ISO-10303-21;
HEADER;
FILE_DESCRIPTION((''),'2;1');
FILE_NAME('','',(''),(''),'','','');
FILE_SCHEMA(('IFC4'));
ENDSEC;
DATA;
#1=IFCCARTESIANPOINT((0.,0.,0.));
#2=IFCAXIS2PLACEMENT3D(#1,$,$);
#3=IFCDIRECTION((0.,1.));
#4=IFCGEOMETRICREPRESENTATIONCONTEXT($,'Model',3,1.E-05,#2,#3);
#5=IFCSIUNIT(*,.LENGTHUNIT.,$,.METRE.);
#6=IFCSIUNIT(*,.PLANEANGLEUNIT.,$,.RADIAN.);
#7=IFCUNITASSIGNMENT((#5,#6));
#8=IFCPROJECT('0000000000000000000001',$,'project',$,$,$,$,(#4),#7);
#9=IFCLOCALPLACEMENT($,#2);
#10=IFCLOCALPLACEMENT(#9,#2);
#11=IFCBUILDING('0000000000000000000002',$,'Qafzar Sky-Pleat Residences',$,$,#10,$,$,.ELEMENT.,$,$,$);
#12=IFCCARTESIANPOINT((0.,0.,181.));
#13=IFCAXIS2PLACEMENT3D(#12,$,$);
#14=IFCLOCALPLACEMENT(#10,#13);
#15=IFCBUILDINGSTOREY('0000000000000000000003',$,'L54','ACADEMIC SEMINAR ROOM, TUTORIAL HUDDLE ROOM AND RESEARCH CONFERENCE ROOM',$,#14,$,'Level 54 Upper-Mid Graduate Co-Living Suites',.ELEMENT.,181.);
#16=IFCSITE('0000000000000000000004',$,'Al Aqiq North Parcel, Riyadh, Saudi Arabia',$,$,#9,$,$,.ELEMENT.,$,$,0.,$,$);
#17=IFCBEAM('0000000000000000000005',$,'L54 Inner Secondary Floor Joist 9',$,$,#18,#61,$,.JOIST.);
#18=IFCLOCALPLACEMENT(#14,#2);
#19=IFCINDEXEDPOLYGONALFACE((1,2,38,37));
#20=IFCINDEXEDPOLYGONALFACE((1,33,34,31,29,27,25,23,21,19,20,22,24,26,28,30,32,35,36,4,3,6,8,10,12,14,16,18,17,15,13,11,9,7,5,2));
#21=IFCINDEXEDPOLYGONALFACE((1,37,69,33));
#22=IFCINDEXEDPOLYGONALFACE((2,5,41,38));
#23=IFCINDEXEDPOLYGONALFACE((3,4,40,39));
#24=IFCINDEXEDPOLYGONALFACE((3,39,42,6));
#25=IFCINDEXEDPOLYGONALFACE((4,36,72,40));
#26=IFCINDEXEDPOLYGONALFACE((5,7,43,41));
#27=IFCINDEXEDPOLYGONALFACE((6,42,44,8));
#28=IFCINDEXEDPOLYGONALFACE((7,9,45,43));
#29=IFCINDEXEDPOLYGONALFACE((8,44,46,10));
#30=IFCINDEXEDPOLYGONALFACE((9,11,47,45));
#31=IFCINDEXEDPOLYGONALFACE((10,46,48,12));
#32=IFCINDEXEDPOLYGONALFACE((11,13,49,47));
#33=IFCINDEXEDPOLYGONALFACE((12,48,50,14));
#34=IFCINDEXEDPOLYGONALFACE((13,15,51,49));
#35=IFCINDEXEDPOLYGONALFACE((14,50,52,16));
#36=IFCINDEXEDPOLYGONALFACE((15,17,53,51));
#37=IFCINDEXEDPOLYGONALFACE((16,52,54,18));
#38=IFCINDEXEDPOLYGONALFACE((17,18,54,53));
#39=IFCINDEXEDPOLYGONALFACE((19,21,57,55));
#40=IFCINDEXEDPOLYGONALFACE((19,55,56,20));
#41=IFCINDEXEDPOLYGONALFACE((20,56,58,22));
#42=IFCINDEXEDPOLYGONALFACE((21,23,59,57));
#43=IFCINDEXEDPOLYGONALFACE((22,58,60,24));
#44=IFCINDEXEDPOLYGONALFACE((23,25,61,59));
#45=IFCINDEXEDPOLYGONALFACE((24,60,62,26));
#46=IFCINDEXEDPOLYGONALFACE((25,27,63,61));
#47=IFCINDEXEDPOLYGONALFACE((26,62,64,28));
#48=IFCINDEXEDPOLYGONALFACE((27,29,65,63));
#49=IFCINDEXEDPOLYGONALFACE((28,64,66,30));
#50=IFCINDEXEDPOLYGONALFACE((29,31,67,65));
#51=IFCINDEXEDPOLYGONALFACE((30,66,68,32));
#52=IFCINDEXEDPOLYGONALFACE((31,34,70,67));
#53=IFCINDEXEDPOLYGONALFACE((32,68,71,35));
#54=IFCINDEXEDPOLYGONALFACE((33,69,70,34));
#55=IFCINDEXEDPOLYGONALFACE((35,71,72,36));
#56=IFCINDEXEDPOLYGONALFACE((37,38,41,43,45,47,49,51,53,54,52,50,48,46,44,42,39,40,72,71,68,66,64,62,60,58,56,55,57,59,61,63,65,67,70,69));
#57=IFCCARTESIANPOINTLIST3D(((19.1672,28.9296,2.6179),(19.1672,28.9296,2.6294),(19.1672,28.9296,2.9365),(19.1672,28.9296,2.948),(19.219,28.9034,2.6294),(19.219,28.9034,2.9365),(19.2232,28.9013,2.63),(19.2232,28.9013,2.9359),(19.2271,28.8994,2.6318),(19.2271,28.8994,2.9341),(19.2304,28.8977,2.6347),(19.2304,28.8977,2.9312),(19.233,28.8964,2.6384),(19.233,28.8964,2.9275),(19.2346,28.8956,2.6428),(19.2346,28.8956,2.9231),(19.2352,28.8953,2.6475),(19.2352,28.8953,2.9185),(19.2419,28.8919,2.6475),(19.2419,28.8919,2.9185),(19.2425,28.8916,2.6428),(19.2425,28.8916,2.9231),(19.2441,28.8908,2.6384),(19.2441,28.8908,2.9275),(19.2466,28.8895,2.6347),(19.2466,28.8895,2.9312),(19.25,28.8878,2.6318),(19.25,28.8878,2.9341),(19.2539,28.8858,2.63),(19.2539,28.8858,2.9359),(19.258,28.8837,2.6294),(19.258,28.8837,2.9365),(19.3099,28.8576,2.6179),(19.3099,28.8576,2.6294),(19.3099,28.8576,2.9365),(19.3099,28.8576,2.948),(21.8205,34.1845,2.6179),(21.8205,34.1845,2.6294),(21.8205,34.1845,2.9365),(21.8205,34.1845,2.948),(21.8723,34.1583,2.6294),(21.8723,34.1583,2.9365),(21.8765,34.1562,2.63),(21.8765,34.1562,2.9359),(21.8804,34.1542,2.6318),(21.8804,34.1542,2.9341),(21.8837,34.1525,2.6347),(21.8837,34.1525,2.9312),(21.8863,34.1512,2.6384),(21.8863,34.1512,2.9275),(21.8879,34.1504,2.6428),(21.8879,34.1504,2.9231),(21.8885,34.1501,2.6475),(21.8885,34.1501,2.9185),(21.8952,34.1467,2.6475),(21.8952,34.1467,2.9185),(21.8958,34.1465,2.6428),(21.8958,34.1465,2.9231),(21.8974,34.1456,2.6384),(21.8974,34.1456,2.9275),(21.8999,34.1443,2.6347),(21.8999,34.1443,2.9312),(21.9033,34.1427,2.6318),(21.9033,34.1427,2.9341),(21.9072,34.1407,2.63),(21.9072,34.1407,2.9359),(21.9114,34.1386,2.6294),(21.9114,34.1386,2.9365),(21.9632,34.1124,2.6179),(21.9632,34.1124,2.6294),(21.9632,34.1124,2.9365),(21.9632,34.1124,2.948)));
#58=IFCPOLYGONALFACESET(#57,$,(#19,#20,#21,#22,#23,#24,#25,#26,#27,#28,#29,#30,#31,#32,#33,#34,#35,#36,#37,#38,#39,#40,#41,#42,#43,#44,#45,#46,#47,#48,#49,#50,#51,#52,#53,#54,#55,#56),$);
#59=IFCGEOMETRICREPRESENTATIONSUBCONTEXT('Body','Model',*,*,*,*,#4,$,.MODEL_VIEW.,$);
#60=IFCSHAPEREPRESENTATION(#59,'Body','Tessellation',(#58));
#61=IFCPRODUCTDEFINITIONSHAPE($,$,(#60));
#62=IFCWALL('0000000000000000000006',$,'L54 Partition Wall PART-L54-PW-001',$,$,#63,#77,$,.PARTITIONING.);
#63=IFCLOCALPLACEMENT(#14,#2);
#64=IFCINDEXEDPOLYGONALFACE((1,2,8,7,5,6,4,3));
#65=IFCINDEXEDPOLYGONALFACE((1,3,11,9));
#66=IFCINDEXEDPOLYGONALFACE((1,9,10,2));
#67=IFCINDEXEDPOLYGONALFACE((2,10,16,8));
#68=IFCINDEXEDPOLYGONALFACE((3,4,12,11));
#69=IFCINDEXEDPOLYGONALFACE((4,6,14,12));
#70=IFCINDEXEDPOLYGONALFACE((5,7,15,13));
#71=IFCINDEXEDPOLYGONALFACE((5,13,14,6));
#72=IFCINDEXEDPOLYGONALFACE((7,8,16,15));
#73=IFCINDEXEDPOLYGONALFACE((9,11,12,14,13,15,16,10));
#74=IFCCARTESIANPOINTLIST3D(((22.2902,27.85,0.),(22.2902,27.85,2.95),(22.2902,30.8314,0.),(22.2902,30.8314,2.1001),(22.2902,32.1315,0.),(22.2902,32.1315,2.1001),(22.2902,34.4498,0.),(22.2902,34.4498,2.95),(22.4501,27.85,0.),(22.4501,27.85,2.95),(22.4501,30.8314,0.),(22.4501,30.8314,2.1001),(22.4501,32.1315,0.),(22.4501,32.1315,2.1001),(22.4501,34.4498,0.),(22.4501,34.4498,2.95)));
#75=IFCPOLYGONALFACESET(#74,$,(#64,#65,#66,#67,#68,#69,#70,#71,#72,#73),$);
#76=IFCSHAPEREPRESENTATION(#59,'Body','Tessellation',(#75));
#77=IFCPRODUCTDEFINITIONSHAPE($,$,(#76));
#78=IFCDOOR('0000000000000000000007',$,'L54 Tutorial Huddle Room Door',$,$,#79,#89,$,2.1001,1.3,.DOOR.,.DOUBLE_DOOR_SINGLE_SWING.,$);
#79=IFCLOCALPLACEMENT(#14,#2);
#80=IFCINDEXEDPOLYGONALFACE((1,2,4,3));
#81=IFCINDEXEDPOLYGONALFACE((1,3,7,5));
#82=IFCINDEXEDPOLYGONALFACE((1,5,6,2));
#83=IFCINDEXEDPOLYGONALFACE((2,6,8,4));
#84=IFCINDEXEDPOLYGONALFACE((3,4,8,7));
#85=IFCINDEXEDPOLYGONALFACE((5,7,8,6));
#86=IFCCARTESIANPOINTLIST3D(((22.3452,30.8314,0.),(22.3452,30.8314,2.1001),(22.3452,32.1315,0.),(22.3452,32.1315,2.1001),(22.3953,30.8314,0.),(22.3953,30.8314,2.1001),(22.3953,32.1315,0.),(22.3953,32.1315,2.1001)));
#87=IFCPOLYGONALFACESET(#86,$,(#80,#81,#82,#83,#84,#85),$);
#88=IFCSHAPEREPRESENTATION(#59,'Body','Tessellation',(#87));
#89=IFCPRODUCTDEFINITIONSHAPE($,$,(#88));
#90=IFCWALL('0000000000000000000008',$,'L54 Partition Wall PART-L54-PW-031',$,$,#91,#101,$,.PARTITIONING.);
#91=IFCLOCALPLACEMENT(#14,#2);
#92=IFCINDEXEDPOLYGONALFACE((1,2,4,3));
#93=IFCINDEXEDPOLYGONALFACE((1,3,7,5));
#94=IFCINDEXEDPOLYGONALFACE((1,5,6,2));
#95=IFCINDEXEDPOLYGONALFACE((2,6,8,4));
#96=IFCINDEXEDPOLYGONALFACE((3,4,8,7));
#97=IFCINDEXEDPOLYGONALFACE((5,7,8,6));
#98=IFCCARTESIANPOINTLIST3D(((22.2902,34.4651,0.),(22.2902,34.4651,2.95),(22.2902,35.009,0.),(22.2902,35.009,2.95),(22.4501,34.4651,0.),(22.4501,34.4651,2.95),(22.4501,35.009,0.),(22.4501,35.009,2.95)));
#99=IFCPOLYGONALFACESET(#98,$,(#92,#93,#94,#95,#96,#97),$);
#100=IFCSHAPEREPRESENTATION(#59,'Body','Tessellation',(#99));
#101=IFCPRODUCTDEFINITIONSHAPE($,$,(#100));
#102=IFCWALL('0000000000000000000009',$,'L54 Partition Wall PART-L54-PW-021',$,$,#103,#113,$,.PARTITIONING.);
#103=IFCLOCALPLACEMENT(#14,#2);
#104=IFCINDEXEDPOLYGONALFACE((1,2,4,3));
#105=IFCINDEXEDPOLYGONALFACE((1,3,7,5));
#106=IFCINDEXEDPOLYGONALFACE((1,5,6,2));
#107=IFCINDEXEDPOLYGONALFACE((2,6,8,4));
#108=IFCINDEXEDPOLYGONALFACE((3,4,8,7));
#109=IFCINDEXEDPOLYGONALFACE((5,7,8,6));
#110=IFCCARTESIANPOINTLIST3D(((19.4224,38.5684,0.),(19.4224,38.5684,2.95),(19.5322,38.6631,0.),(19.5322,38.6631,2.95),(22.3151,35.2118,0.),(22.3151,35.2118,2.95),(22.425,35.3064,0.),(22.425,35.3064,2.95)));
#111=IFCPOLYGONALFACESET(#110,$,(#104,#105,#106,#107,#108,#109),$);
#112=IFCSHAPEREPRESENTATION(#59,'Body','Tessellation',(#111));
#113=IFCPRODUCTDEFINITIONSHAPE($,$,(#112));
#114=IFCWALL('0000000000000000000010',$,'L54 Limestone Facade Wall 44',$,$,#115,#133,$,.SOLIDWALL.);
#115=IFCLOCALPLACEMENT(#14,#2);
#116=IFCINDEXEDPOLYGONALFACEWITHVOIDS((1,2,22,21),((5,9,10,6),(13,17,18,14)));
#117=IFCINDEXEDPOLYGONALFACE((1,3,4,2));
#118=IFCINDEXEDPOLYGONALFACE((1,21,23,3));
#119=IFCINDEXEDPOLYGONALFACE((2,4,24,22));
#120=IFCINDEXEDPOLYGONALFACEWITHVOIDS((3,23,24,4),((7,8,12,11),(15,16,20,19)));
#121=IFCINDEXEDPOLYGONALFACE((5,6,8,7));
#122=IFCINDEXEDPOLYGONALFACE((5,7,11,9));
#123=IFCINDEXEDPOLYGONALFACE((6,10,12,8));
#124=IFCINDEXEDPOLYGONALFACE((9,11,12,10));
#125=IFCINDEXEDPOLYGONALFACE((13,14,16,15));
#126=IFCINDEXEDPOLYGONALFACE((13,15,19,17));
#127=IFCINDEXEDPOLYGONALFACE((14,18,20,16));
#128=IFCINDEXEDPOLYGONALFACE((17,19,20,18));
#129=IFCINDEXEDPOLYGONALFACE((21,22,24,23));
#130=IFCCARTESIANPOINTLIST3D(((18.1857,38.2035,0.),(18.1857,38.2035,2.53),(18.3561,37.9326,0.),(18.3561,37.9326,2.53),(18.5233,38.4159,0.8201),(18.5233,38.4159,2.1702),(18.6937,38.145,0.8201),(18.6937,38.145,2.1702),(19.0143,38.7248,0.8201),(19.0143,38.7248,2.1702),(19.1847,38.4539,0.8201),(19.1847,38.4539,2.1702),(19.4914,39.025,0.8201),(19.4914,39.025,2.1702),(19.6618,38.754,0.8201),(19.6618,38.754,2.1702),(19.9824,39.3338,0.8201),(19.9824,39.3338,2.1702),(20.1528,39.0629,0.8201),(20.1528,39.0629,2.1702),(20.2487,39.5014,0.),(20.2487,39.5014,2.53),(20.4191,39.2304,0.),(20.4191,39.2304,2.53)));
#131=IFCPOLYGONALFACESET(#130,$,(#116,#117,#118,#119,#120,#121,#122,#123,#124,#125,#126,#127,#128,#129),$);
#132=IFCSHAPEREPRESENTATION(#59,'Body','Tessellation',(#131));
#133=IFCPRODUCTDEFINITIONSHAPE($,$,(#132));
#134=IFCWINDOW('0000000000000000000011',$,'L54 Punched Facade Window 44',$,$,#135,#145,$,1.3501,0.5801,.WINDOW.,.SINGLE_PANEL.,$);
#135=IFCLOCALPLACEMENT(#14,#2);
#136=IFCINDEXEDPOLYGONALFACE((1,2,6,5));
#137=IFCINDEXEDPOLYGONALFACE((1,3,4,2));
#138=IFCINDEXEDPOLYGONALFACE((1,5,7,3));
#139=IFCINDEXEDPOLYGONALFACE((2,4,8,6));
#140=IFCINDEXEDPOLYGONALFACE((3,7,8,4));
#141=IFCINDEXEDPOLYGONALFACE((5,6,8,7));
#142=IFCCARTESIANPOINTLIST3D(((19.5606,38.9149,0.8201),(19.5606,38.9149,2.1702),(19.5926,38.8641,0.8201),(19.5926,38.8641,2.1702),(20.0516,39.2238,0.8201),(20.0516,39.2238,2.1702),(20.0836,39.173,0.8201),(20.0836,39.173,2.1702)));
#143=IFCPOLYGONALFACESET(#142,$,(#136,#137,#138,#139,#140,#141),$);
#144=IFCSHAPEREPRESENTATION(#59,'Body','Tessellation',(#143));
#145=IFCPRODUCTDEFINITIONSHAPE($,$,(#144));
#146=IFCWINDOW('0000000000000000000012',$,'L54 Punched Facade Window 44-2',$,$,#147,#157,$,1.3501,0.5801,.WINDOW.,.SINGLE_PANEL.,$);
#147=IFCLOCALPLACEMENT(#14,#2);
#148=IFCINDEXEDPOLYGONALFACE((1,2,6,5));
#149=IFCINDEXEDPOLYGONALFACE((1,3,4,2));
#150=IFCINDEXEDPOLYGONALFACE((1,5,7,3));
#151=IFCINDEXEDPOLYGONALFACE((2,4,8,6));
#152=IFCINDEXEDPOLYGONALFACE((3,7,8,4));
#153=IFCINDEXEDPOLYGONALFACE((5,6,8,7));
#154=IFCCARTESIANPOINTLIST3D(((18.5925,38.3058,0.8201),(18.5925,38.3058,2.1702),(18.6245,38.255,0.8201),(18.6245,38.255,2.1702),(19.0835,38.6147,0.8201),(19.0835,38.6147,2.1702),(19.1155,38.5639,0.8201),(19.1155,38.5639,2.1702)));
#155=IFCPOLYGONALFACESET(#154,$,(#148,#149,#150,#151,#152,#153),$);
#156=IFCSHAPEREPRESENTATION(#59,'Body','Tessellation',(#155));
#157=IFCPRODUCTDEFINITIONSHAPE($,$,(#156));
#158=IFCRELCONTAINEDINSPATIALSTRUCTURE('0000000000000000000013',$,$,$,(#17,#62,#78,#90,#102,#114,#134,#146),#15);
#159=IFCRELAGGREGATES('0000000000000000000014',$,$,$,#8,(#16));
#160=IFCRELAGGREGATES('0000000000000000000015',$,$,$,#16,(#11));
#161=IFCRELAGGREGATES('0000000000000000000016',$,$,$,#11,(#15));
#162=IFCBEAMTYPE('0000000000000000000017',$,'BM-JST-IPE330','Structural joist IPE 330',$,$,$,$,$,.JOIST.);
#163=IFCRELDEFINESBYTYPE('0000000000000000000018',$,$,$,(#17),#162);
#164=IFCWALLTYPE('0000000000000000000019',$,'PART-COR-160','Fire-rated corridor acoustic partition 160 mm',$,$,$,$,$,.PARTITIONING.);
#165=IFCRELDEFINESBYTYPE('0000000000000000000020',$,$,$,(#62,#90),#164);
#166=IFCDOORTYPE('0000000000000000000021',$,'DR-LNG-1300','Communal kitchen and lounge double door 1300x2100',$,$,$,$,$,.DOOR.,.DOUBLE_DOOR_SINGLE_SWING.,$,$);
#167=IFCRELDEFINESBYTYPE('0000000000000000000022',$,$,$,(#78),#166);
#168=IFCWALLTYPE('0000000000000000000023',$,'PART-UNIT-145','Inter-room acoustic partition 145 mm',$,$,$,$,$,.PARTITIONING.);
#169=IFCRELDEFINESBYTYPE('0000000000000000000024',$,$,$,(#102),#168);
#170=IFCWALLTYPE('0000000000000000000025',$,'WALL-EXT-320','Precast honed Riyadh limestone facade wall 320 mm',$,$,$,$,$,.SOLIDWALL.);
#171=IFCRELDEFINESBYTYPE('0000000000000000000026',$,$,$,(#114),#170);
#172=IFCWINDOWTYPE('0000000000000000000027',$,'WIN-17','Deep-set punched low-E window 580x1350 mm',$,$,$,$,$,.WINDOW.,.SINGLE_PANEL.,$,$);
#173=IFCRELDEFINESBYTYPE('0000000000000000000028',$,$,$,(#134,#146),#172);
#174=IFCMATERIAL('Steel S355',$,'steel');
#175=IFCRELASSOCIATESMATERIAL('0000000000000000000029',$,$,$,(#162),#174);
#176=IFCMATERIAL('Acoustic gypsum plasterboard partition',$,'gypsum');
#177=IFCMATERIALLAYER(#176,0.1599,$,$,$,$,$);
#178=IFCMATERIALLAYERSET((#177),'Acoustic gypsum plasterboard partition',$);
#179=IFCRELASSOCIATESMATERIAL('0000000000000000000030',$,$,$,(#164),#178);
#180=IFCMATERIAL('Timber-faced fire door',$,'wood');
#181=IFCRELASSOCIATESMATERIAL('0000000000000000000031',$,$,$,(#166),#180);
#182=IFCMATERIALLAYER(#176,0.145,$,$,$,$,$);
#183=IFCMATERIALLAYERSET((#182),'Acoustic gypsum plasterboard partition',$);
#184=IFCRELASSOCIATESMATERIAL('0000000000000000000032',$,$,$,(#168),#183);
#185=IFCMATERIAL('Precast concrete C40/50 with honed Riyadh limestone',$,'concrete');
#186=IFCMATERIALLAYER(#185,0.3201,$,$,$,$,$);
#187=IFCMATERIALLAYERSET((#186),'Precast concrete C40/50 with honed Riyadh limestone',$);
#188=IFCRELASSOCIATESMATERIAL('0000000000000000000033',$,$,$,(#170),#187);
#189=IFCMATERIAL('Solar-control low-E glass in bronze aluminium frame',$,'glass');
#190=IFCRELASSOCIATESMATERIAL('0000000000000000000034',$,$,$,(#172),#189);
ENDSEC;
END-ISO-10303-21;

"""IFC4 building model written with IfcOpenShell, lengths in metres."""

from ifc_helpers import new_model, si_unit, direction, frame, frame_2d, origin, origin_2d, place, context, subcontext, project, spatial, rectangle, i_section, extrude, source, transform, mapped, material, layer, layer_set, material_profile, profile_set, type_object, element, fill, save


model = new_model("IFC4")

# Units and contexts
model_context = context("Model", 3, precision=1e-05, world=origin(), true_north=direction((0.0, 1.0)))
body_context = subcontext(model_context, "Body", "Model", "MODEL_VIEW")
ifc_project = project(units=[si_unit("LENGTHUNIT", "METRE"), si_unit("PLANEANGLEUNIT", "RADIAN")], contexts=[model_context])

# Site, building, storey
site_placement = place(None, origin())
site = spatial("IfcSite", under=ifc_project, at=site_placement, Name="Al Aqiq North Parcel, Riyadh, Saudi Arabia", CompositionType="ELEMENT", RefElevation=0.0)
building_placement = place(site_placement, origin())
building = spatial("IfcBuilding", under=site, at=building_placement, Name="Qafzar Sky-Pleat Residences", CompositionType="ELEMENT")
storey_placement = place(building_placement, frame((0.0, 0.0, 181.0)))
storey = spatial("IfcBuildingStorey", under=building, at=storey_placement, Name="L54", Description="ACADEMIC SEMINAR ROOM, TUTORIAL HUDDLE ROOM AND RESEARCH CONFERENCE ROOM", LongName="Level 54 Upper-Mid Graduate Co-Living Suites", CompositionType="ELEMENT", Elevation=181.0)

# Beam
ifc_material_1 = material(Name="Steel S355", Category="steel")
ifc_material_profile_1 = material_profile(ifc_material_1, i_section(OverallWidth=0.1599, OverallDepth=0.3301, WebThickness=0.0076, FlangeThickness=0.0115, FilletRadius=0.0181, at=origin_2d()), Name="IPE 330")
ifc_profile_set_1 = profile_set([ifc_material_profile_1], Name="Steel S355")
beam_type_1 = type_object("IfcBeamType", Name="BM-JST-IPE330", Description="Structural joist IPE 330", PredefinedType="JOIST", material=ifc_profile_set_1)
shared_shape_1 = source(origin(), body_context, "Body", "SweptSolid", [
    extrude(i_section(OverallWidth=0.1599, OverallDepth=0.3301, WebThickness=0.0076, FlangeThickness=0.0115, FilletRadius=0.0181, at=origin_2d()), origin(), (0.0, 0.0, 1.0), 5.8867),
])
beam_1_placement = place(storey_placement, frame((21.8918, 34.1484, 2.783), z_axis=(-0.450727, -0.892662, 0.0), x_axis=(0.892662, -0.450727, 0.0)))
element("IfcBeam", 1, at=beam_1_placement, inside=storey, type_object=beam_type_1, Name="L54 Inner Secondary Floor Joist 9", PredefinedType="JOIST", context=body_context, shape_type="MappedRepresentation", body=[
    mapped(shared_shape_1, transform((0.0, 0.0, 0.0), x_axis=(1.0, 0.0, 0.0), y_axis=(0.0, 1.0, 0.0), z_axis=(0.0, 0.0, 1.0), scale=1.0)),
])

# Wall, opening, door
ifc_material_2 = material(Name="Acoustic gypsum plasterboard partition", Category="gypsum")
ifc_layer_1 = layer(ifc_material_2, 0.1599)
ifc_layer_set_1 = layer_set([ifc_layer_1], Name="Acoustic gypsum plasterboard partition")
wall_type_1 = type_object("IfcWallType", Name="PART-COR-160", Description="Fire-rated corridor acoustic partition 160 mm", PredefinedType="PARTITIONING", material=ifc_layer_set_1)
wall_1_placement = place(storey_placement, frame((22.3701, 27.8501, 0.0), z_axis=(0.0, 0.0, 1.0), x_axis=(0.0, 1.0, 0.0)))
wall_1 = element("IfcWall", 2, at=wall_1_placement, inside=storey, type_object=wall_type_1, Name="L54 Partition Wall PART-L54-PW-001", PredefinedType="PARTITIONING", context=body_context, shape_type="SweptSolid", body=[
    extrude(rectangle(XDim=6.5999, YDim=0.1599, at=frame_2d((3.2998, 0.0))), origin(), (0.0, 0.0, 1.0), 2.95),
])
opening_1_placement = place(wall_1_placement, frame((2.9814, 0.0, 0.0)))
opening_1 = element("IfcOpeningElement", 3, at=opening_1_placement, cuts=wall_1, PredefinedType="OPENING", context=body_context, shape_type="SweptSolid", body=[
    extrude(rectangle(XDim=1.3, YDim=2.1001, at=frame_2d((0.6499, 1.05))), frame((0.0, 0.0898, 0.0), z_axis=(0.0, -1.0, 0.0), x_axis=(1.0, 0.0, 0.0)), (0.0, 0.0, 1.0), 0.1799),
])
ifc_material_3 = material(Name="Timber-faced fire door", Category="wood")
door_type = type_object("IfcDoorType", Name="DR-LNG-1300", Description="Communal kitchen and lounge double door 1300x2100", OperationType="DOUBLE_DOOR_SINGLE_SWING", PredefinedType="DOOR", material=ifc_material_3)
shared_shape_2 = source(origin(), body_context, "Body", "SweptSolid", [
    extrude(rectangle(XDim=1.3, YDim=2.1001, at=frame_2d((0.6499, 1.05))), frame((0.0, 0.0249, 0.0), z_axis=(0.0, -1.0, 0.0), x_axis=(1.0, 0.0, 0.0)), (0.0, 0.0, 1.0), 0.05),
])
door_placement = place(opening_1_placement, origin())
door = element("IfcDoor", 4, at=door_placement, inside=storey, type_object=door_type, Name="L54 Tutorial Huddle Room Door", OperationType="DOUBLE_DOOR_SINGLE_SWING", OverallHeight=2.1001, OverallWidth=1.3, PredefinedType="DOOR", context=body_context, shape_type="MappedRepresentation", body=[
    mapped(shared_shape_2, transform((0.0, 0.0, 0.0), x_axis=(1.0, 0.0, 0.0), y_axis=(0.0, 1.0, 0.0), z_axis=(0.0, 0.0, 1.0), scale=1.0)),
])
fill(opening_1, door)

# Walls
wall_2_placement = place(storey_placement, frame((22.3701, 34.4651, 0.0), z_axis=(0.0, 0.0, 1.0), x_axis=(0.0, 1.0, 0.0)))
element("IfcWall", 5, at=wall_2_placement, inside=storey, type_object=wall_type_1, Name="L54 Partition Wall PART-L54-PW-031", PredefinedType="PARTITIONING", context=body_context, shape_type="SweptSolid", body=[
    extrude(rectangle(XDim=0.5439, YDim=0.1599, at=frame_2d((0.272, 0.0))), origin(), (0.0, 0.0, 1.0), 2.95),
])
ifc_layer_2 = layer(ifc_material_2, 0.145)
ifc_layer_set_2 = layer_set([ifc_layer_2], Name="Acoustic gypsum plasterboard partition")
wall_type_2 = type_object("IfcWallType", Name="PART-UNIT-145", Description="Inter-room acoustic partition 145 mm", PredefinedType="PARTITIONING", material=ifc_layer_set_2)
wall_3_placement = place(storey_placement, frame((19.4773, 38.6157, 0.0), z_axis=(0.0, 0.0, 1.0), x_axis=(0.652826, -0.757508, 0.0)))
element("IfcWall", 6, at=wall_3_placement, inside=storey, type_object=wall_type_2, Name="L54 Partition Wall PART-L54-PW-021", PredefinedType="PARTITIONING", context=body_context, shape_type="SweptSolid", body=[
    extrude(rectangle(XDim=4.4312, YDim=0.145, at=frame_2d((2.2156, 0.0))), origin(), (0.0, 0.0, 1.0), 2.95),
])

# Wall, openings, windows
ifc_material_4 = material(Name="Precast concrete C40/50 with honed Riyadh limestone", Category="concrete")
ifc_layer_3 = layer(ifc_material_4, 0.3201)
ifc_layer_set_3 = layer_set([ifc_layer_3], Name="Precast concrete C40/50 with honed Riyadh limestone")
wall_type_3 = type_object("IfcWallType", Name="WALL-EXT-320", Description="Precast honed Riyadh limestone facade wall 320 mm", PredefinedType="SOLIDWALL", material=ifc_layer_set_3)
wall_4_placement = place(storey_placement, frame((20.334, 39.366, 0.0), z_axis=(0.0, 0.0, 1.0), x_axis=(-0.84643, -0.5325, 0.0)))
wall_4 = element("IfcWall", 7, at=wall_4_placement, inside=storey, type_object=wall_type_3, Name="L54 Limestone Facade Wall 44", PredefinedType="SOLIDWALL", context=body_context, shape_type="SweptSolid", body=[
    extrude(rectangle(XDim=2.4373, YDim=0.3201, at=frame_2d((1.2188, 0.0))), origin(), (0.0, 0.0, 1.0), 2.53),
])
opening_2_placement = place(wall_4_placement, frame((0.3147, 0.0, 0.8201)))
opening_2 = element("IfcOpeningElement", 8, at=opening_2_placement, cuts=wall_4, PredefinedType="OPENING", context=body_context, shape_type="SweptSolid", body=[
    extrude(rectangle(XDim=0.5801, YDim=1.3501, at=frame_2d((0.29, 0.675))), frame((0.0, 0.1699, 0.0), z_axis=(0.0, -1.0, 0.0), x_axis=(1.0, 0.0, 0.0)), (0.0, 0.0, 1.0), 0.3401),
])
opening_3_placement = place(wall_4_placement, frame((1.4585, 0.0, 0.8201)))
opening_3 = element("IfcOpeningElement", 9, at=opening_3_placement, cuts=wall_4, PredefinedType="OPENING", context=body_context, shape_type="SweptSolid", body=[
    extrude(rectangle(XDim=0.5801, YDim=1.3501, at=frame_2d((0.29, 0.675))), frame((0.0, 0.1699, 0.0), z_axis=(0.0, -1.0, 0.0), x_axis=(1.0, 0.0, 0.0)), (0.0, 0.0, 1.0), 0.3401),
])
ifc_material_5 = material(Name="Solar-control low-E glass in bronze aluminium frame", Category="glass")
window_type_1 = type_object("IfcWindowType", Name="WIN-17", Description="Deep-set punched low-E window 580x1350 mm", PartitioningType="SINGLE_PANEL", PredefinedType="WINDOW", material=ifc_material_5)
shared_shape_3 = source(origin(), body_context, "Body", "SweptSolid", [
    extrude(rectangle(XDim=0.5801, YDim=1.3501, at=frame_2d((0.29, 0.675))), frame((0.0, 0.03, 0.0), z_axis=(0.0, -1.0, 0.0), x_axis=(1.0, 0.0, 0.0)), (0.0, 0.0, 1.0), 0.0601),
])
window_1_placement = place(opening_2_placement, origin())
window_1 = element("IfcWindow", 10, at=window_1_placement, inside=storey, type_object=window_type_1, Name="L54 Punched Facade Window 44", OverallHeight=1.3501, OverallWidth=0.5801, PartitioningType="SINGLE_PANEL", PredefinedType="WINDOW", context=body_context, shape_type="MappedRepresentation", body=[
    mapped(shared_shape_3, transform((0.0, 0.0, 0.0), x_axis=(1.0, 0.0, 0.0), y_axis=(0.0, 1.0, 0.0), z_axis=(0.0, 0.0, 1.0), scale=1.0)),
])
fill(opening_2, window_1)
window_2_placement = place(opening_3_placement, origin())
window_2 = element("IfcWindow", 11, at=window_2_placement, inside=storey, type_object=window_type_1, Name="L54 Punched Facade Window 44-2", OverallHeight=1.3501, OverallWidth=0.5801, PartitioningType="SINGLE_PANEL", PredefinedType="WINDOW", context=body_context, shape_type="MappedRepresentation", body=[
    mapped(shared_shape_3, transform((0.0, 0.0, 0.0), x_axis=(1.0, 0.0, 0.0), y_axis=(0.0, 1.0, 0.0), z_axis=(0.0, 0.0, 1.0), scale=1.0)),
])
fill(opening_3, window_2)

save(model, "model.ifc")
